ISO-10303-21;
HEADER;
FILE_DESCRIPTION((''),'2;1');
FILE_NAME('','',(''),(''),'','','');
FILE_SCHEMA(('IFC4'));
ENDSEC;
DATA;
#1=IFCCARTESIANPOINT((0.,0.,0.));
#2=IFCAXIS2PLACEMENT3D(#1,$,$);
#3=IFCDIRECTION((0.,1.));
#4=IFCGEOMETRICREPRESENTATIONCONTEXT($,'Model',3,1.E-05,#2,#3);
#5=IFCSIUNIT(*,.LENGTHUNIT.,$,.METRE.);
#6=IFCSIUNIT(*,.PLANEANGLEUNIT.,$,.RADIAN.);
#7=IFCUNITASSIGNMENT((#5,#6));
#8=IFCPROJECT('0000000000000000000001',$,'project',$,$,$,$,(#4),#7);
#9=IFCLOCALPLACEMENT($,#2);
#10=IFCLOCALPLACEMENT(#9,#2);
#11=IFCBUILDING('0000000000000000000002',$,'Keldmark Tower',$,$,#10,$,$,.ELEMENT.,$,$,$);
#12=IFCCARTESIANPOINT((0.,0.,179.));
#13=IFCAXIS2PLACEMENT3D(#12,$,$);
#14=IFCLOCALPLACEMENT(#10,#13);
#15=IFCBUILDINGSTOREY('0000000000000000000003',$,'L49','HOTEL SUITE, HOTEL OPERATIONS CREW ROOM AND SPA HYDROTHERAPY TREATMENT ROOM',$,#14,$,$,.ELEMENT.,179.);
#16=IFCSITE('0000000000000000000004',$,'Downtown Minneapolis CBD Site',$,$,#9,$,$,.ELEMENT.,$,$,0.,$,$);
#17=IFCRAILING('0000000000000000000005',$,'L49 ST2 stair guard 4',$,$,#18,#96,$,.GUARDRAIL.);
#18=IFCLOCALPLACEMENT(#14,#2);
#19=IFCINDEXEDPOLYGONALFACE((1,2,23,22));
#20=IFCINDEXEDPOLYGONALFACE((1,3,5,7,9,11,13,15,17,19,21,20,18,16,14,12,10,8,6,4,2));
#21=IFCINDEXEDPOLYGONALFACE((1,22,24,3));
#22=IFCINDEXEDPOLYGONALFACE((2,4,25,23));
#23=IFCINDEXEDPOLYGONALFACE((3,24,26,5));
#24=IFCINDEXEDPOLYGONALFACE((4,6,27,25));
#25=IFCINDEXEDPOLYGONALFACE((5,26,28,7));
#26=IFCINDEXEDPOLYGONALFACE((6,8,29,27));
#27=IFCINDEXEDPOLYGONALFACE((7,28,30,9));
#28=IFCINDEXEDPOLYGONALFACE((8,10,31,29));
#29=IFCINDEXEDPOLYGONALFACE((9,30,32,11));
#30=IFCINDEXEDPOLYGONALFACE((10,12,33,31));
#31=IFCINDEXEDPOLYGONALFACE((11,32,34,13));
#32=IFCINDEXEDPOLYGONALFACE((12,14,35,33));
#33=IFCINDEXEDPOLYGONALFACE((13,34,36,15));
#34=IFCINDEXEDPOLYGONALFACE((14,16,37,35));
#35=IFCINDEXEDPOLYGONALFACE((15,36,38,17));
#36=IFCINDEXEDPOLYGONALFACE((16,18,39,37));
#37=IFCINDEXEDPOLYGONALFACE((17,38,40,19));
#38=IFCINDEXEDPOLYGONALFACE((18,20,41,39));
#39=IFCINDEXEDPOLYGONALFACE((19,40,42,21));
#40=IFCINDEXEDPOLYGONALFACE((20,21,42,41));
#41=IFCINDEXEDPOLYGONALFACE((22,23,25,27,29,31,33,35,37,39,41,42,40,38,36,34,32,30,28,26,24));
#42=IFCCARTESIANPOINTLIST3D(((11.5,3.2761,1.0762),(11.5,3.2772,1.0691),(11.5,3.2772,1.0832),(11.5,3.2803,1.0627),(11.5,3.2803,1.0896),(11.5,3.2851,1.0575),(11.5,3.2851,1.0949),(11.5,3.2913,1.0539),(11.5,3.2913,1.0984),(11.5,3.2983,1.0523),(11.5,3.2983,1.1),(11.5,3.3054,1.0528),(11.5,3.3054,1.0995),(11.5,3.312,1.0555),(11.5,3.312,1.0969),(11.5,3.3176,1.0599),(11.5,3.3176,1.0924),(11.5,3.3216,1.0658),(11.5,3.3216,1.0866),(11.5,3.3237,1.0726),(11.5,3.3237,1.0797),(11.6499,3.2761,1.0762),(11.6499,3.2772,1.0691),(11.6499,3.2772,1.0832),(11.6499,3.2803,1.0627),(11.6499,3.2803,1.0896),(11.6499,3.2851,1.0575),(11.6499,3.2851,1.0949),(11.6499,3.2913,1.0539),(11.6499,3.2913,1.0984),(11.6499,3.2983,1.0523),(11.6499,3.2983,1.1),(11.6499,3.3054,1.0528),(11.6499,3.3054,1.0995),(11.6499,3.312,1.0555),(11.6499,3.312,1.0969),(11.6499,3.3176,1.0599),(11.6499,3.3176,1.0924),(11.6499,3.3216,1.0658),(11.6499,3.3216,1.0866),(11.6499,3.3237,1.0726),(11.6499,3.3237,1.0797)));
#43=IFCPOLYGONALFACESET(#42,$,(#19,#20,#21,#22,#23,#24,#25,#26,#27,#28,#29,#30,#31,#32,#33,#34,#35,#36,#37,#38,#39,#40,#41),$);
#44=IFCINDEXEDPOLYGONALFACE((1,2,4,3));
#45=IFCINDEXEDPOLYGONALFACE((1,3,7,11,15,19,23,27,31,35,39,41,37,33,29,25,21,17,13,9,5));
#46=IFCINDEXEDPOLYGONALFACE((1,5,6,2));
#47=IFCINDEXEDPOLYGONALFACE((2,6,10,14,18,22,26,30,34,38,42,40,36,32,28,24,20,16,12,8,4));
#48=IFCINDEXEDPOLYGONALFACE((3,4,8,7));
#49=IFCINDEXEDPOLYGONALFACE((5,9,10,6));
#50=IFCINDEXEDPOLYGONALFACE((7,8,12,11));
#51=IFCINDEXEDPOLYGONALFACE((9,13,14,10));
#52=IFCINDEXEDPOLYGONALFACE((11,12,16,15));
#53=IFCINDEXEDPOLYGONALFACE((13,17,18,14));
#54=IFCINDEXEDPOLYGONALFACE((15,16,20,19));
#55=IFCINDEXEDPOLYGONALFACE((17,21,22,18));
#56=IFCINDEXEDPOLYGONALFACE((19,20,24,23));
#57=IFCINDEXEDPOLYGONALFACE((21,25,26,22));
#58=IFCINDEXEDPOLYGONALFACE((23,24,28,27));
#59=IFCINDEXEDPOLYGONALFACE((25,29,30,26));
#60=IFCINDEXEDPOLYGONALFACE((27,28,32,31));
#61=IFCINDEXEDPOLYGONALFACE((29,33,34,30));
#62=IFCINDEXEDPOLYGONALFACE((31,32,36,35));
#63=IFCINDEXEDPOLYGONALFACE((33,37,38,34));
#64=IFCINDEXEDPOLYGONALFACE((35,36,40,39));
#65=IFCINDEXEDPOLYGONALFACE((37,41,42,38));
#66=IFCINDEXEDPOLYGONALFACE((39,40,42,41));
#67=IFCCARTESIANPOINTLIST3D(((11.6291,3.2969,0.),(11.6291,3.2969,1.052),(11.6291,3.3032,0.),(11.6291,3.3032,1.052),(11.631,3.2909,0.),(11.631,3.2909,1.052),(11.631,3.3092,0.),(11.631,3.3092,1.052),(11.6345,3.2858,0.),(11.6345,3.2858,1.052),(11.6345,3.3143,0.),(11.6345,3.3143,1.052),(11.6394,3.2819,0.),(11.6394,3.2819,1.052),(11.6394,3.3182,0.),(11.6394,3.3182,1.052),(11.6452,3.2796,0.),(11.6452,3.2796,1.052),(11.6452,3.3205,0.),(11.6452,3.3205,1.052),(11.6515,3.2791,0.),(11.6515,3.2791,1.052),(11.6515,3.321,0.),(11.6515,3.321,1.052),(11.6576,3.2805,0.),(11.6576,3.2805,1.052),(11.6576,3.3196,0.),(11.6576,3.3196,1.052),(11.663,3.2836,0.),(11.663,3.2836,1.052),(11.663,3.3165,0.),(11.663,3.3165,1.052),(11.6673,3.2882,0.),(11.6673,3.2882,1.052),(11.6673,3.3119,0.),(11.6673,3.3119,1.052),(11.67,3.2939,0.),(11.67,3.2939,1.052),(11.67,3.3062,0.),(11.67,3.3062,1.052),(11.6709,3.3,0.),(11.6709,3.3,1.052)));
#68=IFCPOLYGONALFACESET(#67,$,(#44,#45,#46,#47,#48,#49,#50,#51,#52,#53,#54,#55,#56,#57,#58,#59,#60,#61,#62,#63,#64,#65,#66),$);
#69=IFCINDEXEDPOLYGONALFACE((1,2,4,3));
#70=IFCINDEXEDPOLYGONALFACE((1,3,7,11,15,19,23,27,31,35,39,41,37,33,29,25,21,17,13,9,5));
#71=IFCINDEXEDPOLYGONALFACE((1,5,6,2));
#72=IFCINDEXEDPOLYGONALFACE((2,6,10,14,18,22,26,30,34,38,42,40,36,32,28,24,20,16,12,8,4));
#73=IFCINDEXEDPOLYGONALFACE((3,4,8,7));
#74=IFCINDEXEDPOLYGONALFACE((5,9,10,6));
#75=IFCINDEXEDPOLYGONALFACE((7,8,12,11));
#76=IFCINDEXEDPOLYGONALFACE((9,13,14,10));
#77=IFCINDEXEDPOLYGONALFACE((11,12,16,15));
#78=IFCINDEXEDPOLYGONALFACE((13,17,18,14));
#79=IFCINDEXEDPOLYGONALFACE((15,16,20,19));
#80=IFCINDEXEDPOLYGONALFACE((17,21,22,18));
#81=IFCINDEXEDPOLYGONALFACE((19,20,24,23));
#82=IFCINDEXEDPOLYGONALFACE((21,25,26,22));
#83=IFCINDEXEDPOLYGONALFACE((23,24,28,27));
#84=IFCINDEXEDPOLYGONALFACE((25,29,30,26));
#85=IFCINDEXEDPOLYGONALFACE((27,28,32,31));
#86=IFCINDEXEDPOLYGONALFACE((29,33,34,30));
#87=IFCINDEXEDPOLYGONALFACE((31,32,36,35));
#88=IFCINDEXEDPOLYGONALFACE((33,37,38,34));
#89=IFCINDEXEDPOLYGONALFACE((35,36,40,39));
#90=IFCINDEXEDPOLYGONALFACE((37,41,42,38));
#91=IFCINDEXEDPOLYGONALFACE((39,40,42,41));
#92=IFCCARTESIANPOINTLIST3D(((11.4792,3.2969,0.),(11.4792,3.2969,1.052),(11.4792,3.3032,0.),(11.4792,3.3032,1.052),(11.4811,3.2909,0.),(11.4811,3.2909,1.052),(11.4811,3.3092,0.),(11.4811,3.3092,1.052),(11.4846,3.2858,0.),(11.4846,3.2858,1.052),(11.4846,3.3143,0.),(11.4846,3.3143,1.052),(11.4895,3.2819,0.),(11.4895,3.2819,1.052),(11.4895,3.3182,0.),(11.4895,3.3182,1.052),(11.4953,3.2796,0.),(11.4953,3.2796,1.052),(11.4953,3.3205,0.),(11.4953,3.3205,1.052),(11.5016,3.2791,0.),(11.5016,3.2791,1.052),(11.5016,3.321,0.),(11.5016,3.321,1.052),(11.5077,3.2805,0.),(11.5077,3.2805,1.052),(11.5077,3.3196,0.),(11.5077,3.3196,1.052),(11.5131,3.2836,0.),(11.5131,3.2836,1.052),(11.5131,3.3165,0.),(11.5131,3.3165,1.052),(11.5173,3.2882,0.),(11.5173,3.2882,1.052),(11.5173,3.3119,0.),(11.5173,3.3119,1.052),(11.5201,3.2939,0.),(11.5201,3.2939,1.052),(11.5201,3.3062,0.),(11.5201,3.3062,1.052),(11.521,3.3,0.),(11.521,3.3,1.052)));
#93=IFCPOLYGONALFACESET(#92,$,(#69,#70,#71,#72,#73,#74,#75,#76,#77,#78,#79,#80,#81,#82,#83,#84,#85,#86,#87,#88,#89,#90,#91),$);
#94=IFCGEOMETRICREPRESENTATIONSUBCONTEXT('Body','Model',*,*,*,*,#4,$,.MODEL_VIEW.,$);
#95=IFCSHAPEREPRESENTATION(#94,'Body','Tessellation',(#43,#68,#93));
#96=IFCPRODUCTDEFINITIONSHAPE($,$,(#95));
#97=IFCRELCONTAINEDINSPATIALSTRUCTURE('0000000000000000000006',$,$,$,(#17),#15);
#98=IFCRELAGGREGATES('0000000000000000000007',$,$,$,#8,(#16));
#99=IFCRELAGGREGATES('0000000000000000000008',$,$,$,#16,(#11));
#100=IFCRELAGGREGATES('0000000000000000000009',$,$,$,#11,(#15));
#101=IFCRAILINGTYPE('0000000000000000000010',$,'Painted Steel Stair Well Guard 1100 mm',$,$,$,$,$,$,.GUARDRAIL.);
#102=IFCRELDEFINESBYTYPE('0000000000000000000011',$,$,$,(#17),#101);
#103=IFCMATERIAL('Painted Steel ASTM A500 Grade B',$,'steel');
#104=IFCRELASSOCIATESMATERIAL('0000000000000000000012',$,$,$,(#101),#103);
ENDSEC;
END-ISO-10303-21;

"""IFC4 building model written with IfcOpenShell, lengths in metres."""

from ifc_helpers import new_model, si_unit, direction, frame, origin, origin_2d, place, context, subcontext, project, spatial, circle, extrude, material, type_object, element, save


model = new_model("IFC4")

# Units and contexts
model_context = context("Model", 3, precision=1e-05, world=origin(), true_north=direction((0.0, 1.0)))
body_context = subcontext(model_context, "Body", "Model", "MODEL_VIEW")
ifc_project = project(units=[si_unit("LENGTHUNIT", "METRE"), si_unit("PLANEANGLEUNIT", "RADIAN")], contexts=[model_context])

# Site, building, storey
site_placement = place(None, origin())
site = spatial("IfcSite", under=ifc_project, at=site_placement, Name="Downtown Minneapolis CBD Site", CompositionType="ELEMENT", RefElevation=0.0)
building_placement = place(site_placement, origin())
building = spatial("IfcBuilding", under=site, at=building_placement, Name="Keldmark Tower", CompositionType="ELEMENT")
storey_placement = place(building_placement, frame((0.0, 0.0, 179.0)))
storey = spatial("IfcBuildingStorey", under=building, at=storey_placement, Name="L49", Description="HOTEL SUITE, HOTEL OPERATIONS CREW ROOM AND SPA HYDROTHERAPY TREATMENT ROOM", CompositionType="ELEMENT", Elevation=179.0)

# Railing
ifc_material_1 = material(Name="Painted Steel ASTM A500 Grade B", Category="steel")
railing_type_1 = type_object("IfcRailingType", Name="Painted Steel Stair Well Guard 1100 mm", PredefinedType="GUARDRAIL", material=ifc_material_1)
railing_1_placement = place(storey_placement, frame((11.6499, 3.3, 0.0)))
element("IfcRailing", 1, at=railing_1_placement, inside=storey, type_object=railing_type_1, Name="L49 ST2 stair guard 4", PredefinedType="GUARDRAIL", context=body_context, shape_type="SweptSolid", body=[
    extrude(circle(Radius=0.0239, at=origin_2d()), frame((0.0, 0.0, 1.0762), z_axis=(-1.0, 0.0, 0.0), x_axis=(0.0, -1.0, 0.0)), (0.0, 0.0, 1.0), 0.1499),
    extrude(circle(Radius=0.021, at=origin_2d()), origin(), (0.0, 0.0, 1.0), 1.052),
    extrude(circle(Radius=0.021, at=origin_2d()), frame((-0.1499, 0.0, 0.0)), (0.0, 0.0, 1.0), 1.052),
])

save(model, "model.ifc")
